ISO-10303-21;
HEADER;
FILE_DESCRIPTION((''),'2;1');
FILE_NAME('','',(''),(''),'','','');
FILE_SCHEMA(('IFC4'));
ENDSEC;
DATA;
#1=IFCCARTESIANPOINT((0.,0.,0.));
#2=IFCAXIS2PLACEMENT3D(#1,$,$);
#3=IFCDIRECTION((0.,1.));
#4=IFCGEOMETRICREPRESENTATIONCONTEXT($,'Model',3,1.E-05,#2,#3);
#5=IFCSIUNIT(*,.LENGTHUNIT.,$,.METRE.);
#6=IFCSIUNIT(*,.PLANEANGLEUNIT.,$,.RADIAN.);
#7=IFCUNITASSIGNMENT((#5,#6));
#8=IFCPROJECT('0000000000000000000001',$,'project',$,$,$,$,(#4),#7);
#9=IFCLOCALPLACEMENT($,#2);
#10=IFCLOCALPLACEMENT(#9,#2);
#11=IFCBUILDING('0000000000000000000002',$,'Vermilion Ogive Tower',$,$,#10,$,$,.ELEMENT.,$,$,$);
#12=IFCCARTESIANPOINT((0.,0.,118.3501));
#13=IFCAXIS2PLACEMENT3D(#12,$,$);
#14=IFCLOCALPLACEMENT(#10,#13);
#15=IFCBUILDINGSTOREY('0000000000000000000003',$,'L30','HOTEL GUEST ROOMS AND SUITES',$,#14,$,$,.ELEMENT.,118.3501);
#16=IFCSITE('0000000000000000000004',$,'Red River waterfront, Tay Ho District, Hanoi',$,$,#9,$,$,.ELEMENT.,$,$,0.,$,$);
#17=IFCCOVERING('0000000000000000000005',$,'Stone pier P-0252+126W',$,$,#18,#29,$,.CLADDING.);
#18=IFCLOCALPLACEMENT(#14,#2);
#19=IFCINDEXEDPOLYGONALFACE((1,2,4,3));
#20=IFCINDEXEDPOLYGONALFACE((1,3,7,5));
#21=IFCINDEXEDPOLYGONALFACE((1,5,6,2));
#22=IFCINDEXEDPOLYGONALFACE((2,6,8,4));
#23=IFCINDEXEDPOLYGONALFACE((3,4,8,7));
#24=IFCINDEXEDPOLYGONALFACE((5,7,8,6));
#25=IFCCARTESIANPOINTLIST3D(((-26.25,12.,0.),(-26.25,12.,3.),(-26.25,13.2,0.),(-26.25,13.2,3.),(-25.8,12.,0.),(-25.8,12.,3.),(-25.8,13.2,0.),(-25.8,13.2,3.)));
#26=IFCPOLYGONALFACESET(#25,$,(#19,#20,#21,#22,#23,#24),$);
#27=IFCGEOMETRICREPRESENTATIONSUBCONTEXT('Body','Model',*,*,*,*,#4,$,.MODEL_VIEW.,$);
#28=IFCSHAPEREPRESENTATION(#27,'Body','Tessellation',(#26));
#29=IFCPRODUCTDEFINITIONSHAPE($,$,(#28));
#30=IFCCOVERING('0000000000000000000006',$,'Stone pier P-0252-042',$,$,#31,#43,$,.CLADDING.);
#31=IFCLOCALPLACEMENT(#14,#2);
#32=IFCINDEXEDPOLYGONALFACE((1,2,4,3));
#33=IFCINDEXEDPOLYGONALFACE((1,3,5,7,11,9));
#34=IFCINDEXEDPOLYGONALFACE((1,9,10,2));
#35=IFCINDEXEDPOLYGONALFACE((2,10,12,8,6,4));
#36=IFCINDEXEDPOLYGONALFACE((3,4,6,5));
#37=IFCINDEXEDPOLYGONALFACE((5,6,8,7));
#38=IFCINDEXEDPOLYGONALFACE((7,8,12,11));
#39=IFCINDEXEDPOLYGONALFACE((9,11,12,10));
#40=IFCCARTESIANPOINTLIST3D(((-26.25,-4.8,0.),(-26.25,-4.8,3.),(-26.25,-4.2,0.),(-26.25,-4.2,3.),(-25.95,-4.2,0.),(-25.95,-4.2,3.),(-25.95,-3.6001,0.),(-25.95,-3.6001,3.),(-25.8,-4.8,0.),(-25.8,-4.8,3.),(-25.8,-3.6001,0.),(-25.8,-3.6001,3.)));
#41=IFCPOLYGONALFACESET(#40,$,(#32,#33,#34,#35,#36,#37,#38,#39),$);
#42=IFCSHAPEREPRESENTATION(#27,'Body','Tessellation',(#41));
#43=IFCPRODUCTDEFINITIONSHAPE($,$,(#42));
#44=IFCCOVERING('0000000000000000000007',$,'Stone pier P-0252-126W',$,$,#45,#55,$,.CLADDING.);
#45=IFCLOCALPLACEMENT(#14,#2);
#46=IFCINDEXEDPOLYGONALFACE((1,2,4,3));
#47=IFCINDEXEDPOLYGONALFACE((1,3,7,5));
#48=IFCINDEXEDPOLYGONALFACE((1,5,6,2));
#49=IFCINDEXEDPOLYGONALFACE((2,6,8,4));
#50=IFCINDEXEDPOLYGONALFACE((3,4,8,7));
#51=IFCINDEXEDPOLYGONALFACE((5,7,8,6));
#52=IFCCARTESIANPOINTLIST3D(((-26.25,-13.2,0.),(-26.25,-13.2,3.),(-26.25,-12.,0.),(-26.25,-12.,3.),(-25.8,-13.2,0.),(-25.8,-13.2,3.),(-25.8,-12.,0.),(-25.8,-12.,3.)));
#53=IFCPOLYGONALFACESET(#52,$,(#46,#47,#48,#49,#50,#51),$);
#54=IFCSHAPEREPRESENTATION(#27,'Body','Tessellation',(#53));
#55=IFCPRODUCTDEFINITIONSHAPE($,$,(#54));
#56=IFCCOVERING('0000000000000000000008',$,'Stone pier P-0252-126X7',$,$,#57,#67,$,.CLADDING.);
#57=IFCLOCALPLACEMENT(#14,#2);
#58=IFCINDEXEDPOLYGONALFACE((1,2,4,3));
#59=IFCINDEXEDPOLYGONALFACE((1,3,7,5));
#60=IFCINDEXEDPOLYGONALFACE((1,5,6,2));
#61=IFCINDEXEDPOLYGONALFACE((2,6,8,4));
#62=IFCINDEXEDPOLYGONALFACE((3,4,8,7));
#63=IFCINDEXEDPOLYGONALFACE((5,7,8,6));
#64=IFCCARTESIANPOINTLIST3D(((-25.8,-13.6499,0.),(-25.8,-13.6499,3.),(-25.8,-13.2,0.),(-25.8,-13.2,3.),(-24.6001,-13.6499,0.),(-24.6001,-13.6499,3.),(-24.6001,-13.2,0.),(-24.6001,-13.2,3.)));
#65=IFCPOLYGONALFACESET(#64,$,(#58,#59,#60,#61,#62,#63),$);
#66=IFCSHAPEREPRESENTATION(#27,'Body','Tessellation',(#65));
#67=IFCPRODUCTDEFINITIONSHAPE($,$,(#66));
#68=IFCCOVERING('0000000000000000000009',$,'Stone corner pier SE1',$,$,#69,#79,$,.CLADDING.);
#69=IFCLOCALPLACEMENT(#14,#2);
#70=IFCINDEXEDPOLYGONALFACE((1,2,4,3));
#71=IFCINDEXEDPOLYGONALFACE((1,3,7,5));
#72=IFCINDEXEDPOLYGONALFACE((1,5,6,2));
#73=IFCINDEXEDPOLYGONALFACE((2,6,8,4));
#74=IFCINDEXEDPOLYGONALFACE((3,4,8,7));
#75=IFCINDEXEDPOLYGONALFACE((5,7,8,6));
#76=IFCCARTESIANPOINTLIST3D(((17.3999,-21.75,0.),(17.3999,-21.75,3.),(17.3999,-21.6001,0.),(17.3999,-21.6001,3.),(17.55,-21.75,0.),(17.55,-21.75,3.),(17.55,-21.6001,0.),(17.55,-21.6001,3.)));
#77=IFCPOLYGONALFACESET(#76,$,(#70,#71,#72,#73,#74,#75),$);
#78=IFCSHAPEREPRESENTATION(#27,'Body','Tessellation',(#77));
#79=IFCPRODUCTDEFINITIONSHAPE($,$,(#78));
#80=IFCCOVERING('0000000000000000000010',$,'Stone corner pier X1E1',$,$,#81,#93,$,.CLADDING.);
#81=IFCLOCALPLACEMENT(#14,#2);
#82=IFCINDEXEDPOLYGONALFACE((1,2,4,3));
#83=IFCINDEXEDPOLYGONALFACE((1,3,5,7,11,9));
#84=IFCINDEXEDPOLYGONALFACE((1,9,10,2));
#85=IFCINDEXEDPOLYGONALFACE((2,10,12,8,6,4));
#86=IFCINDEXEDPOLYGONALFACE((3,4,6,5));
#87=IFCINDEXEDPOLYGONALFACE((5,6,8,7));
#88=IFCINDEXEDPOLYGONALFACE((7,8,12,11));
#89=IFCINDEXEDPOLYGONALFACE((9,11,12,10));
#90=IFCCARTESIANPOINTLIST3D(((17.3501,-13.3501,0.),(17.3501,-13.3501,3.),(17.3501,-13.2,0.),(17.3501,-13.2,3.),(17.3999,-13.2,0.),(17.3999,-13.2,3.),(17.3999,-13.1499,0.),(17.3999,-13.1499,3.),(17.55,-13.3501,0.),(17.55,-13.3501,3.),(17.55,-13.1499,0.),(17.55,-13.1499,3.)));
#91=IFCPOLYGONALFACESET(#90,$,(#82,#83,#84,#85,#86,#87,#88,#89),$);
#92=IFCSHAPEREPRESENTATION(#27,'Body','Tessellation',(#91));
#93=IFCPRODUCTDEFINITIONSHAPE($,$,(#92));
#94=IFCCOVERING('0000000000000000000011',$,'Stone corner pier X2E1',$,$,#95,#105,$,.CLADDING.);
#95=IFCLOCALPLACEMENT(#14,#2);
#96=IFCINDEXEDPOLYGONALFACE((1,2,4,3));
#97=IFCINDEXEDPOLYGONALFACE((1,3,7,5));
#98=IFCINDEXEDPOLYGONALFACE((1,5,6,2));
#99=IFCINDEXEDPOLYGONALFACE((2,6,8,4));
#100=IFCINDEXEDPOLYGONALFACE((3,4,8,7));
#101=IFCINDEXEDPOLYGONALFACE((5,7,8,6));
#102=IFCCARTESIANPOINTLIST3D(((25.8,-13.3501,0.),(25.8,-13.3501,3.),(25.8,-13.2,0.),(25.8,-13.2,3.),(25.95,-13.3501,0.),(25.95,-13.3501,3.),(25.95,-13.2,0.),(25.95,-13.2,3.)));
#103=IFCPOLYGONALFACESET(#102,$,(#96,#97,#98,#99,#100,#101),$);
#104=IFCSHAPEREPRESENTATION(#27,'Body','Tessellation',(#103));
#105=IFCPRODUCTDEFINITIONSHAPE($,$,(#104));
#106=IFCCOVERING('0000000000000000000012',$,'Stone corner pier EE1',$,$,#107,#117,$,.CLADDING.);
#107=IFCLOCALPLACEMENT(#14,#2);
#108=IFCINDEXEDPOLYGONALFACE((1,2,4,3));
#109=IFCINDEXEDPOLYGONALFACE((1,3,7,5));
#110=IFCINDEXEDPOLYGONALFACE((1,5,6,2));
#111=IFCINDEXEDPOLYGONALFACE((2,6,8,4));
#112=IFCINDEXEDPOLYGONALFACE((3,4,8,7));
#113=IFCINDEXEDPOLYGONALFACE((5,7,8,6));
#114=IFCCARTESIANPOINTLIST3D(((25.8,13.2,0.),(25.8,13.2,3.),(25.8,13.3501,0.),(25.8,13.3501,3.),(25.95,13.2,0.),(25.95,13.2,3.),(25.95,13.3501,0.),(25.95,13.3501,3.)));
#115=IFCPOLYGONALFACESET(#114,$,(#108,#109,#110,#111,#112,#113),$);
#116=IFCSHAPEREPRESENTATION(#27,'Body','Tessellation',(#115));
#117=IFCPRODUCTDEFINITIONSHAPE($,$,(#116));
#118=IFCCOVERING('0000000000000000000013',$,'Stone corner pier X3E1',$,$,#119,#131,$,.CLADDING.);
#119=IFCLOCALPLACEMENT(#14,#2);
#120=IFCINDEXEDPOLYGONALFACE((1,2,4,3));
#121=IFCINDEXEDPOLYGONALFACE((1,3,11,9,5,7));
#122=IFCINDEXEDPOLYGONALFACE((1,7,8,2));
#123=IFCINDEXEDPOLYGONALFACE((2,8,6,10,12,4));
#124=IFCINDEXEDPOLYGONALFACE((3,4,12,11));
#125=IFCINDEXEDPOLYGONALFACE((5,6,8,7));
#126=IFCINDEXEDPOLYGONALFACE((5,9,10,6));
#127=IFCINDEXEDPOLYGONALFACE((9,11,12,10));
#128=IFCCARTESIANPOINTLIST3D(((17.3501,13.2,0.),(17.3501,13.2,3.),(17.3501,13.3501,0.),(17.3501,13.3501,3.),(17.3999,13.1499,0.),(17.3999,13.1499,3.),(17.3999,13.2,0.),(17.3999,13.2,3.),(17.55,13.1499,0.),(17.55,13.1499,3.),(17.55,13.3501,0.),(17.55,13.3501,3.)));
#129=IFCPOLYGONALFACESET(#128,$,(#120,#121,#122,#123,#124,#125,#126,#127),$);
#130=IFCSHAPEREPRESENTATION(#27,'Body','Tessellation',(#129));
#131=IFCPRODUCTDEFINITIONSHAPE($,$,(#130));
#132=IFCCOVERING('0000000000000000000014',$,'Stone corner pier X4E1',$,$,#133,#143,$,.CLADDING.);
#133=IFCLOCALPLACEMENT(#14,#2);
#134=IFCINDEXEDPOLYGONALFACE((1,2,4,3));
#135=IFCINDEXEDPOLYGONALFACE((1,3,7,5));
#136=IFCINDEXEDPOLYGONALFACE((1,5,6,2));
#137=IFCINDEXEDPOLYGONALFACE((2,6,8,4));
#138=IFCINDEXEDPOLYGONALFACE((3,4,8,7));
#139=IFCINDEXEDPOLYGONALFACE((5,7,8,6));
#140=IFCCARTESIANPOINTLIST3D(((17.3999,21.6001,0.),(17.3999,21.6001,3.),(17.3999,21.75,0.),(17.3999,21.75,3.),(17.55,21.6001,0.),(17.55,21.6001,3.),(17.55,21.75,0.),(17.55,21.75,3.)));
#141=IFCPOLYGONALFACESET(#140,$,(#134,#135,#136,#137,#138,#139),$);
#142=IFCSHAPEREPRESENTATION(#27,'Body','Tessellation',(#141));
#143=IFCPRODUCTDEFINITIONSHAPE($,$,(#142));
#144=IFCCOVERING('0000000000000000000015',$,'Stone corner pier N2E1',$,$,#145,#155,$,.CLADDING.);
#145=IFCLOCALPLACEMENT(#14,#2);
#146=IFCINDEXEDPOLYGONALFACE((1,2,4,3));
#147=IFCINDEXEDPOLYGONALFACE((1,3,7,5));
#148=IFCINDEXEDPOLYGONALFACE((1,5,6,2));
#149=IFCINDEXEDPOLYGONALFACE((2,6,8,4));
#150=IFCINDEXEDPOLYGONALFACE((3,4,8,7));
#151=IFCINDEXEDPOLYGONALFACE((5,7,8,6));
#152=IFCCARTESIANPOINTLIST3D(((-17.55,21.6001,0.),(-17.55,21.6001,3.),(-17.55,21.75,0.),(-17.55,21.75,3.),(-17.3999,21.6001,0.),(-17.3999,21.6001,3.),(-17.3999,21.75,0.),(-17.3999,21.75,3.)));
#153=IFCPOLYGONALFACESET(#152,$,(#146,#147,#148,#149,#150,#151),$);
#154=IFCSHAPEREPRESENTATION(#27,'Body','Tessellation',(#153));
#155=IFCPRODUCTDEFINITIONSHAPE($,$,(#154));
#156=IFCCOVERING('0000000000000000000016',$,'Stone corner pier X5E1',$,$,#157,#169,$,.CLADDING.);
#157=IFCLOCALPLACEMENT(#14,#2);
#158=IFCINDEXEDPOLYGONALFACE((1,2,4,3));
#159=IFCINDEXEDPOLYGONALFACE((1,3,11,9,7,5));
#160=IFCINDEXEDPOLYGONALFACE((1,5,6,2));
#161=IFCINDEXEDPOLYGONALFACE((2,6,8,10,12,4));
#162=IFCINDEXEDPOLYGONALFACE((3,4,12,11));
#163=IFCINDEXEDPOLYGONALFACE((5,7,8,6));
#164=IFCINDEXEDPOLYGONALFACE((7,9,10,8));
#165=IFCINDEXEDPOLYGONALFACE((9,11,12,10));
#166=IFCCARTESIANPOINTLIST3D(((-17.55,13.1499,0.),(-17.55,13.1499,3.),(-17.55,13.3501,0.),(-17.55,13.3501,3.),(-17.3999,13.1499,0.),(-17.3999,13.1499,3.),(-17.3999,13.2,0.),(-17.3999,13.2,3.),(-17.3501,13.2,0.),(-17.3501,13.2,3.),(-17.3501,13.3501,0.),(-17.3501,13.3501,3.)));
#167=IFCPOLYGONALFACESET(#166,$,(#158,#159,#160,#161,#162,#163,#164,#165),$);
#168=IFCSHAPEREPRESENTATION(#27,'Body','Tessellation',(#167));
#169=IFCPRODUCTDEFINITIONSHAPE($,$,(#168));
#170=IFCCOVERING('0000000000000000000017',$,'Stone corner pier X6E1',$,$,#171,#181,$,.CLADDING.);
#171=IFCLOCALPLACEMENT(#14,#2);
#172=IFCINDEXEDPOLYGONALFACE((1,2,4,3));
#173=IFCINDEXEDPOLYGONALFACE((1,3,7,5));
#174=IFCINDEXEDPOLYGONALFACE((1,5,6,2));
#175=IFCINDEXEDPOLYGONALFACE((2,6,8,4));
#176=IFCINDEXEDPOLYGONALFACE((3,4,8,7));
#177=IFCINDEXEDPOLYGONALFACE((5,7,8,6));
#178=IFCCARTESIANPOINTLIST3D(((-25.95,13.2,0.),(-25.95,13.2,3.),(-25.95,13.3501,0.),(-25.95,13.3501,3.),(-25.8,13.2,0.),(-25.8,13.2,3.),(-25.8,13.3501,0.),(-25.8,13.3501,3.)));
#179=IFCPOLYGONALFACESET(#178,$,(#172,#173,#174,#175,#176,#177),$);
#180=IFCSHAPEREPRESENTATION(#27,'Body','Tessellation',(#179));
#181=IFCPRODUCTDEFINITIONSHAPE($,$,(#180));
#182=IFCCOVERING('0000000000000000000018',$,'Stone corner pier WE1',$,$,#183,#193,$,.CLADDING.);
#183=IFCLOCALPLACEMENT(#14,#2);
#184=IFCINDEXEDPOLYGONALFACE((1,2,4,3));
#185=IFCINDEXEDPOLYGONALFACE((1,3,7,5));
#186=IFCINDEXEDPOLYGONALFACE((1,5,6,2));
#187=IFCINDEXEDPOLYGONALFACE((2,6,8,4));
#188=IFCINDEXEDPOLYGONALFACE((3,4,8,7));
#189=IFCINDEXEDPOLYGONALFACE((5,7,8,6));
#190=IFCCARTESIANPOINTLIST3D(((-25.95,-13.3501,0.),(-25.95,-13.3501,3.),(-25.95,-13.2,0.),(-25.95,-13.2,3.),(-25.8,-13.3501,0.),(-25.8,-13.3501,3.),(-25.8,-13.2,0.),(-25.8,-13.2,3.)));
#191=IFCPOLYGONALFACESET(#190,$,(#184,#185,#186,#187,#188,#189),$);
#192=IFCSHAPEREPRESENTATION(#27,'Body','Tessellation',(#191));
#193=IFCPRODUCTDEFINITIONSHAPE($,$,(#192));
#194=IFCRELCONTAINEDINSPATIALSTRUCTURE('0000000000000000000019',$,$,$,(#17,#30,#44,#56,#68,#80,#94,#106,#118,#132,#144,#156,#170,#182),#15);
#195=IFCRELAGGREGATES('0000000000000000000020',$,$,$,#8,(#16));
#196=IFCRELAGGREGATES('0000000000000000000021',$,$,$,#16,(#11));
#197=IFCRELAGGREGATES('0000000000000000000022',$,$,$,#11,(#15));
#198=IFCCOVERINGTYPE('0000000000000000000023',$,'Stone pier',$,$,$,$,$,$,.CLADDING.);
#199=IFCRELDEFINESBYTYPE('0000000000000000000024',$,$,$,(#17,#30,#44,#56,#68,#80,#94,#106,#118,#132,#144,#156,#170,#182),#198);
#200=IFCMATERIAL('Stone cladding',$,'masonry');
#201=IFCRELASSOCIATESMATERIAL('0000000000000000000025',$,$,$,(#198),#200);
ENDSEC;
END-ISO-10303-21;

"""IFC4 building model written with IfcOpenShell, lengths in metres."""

from ifc_helpers import new_model, si_unit, direction, frame, origin, place, context, subcontext, project, spatial, polyline, outline, extrude, material, type_object, element, save


model = new_model("IFC4")

# Units and contexts
model_context = context("Model", 3, precision=1e-05, world=origin(), true_north=direction((0.0, 1.0)))
body_context = subcontext(model_context, "Body", "Model", "MODEL_VIEW")
ifc_project = project(units=[si_unit("LENGTHUNIT", "METRE"), si_unit("PLANEANGLEUNIT", "RADIAN")], contexts=[model_context])

# Site, building, storey
site_placement = place(None, origin())
site = spatial("IfcSite", under=ifc_project, at=site_placement, Name="Red River waterfront, Tay Ho District, Hanoi", CompositionType="ELEMENT", RefElevation=0.0)
building_placement = place(site_placement, origin())
building = spatial("IfcBuilding", under=site, at=building_placement, Name="Vermilion Ogive Tower", CompositionType="ELEMENT")
storey_placement = place(building_placement, frame((0.0, 0.0, 118.3501)))
storey = spatial("IfcBuildingStorey", under=building, at=storey_placement, Name="L30", Description="HOTEL GUEST ROOMS AND SUITES", CompositionType="ELEMENT", Elevation=118.3501)

# Coverings
ifc_material_1 = material(Name="Stone cladding", Category="masonry")
covering_type_1 = type_object("IfcCoveringType", Name="Stone pier", PredefinedType="CLADDING", material=ifc_material_1)
covering_1_placement = place(storey_placement, origin())
element("IfcCovering", 1, at=covering_1_placement, inside=storey, type_object=covering_type_1, Name="Stone pier P-0252+126W", PredefinedType="CLADDING", context=body_context, shape_type="SweptSolid", body=[
    extrude(outline(polyline([(-26.25, 13.2), (-25.8, 13.2), (-25.8, 12.0), (-26.25, 12.0), (-26.25, 13.2)])), origin(), (0.0, 0.0, 1.0), 3.0),
])
covering_2_placement = place(storey_placement, origin())
element("IfcCovering", 2, at=covering_2_placement, inside=storey, type_object=covering_type_1, Name="Stone pier P-0252-042", PredefinedType="CLADDING", context=body_context, shape_type="SweptSolid", body=[
    extrude(outline(polyline([(-25.8, -4.8), (-25.8, -4.8), (-26.25, -4.8), (-26.25, -4.2), (-25.95, -4.2), (-25.95, -3.6001), (-26.25, -3.6001), (-26.25, -3.6001), (-25.8, -3.6001), (-25.8, -3.6001), (-25.8, -4.8)])), origin(), (0.0, 0.0, 1.0), 3.0),
])
covering_3_placement = place(storey_placement, origin())
element("IfcCovering", 3, at=covering_3_placement, inside=storey, type_object=covering_type_1, Name="Stone pier P-0252-126W", PredefinedType="CLADDING", context=body_context, shape_type="SweptSolid", body=[
    extrude(outline(polyline([(-25.8, -13.2), (-25.8, -13.2), (-26.25, -13.2), (-26.25, -12.0), (-25.8, -12.0), (-25.8, -12.0), (-25.8, -13.2)])), origin(), (0.0, 0.0, 1.0), 3.0),
])
covering_4_placement = place(storey_placement, origin())
element("IfcCovering", 4, at=covering_4_placement, inside=storey, type_object=covering_type_1, Name="Stone pier P-0252-126X7", PredefinedType="CLADDING", context=body_context, shape_type="SweptSolid", body=[
    extrude(outline(polyline([(-25.8, -13.6499), (-25.8, -13.2), (-25.8, -13.2), (-24.6001, -13.2), (-24.6001, -13.6499), (-25.8, -13.6499)])), origin(), (0.0, 0.0, 1.0), 3.0),
])
covering_5_placement = place(storey_placement, origin())
element("IfcCovering", 5, at=covering_5_placement, inside=storey, type_object=covering_type_1, Name="Stone corner pier SE1", PredefinedType="CLADDING", context=body_context, shape_type="SweptSolid", body=[
    extrude(outline(polyline([(17.3999, -21.75), (17.3999, -21.6001), (17.3999, -21.6001), (17.55, -21.6001), (17.55, -21.75), (17.3999, -21.75)])), origin(), (0.0, 0.0, 1.0), 3.0),
])
covering_6_placement = place(storey_placement, origin())
element("IfcCovering", 6, at=covering_6_placement, inside=storey, type_object=covering_type_1, Name="Stone corner pier X1E1", PredefinedType="CLADDING", context=body_context, shape_type="SweptSolid", body=[
    extrude(outline(polyline([(17.3501, -13.2), (17.3999, -13.2), (17.3999, -13.1499), (17.55, -13.1499), (17.55, -13.3501), (17.3501, -13.3501), (17.3501, -13.2)])), origin(), (0.0, 0.0, 1.0), 3.0),
])
covering_7_placement = place(storey_placement, origin())
element("IfcCovering", 7, at=covering_7_placement, inside=storey, type_object=covering_type_1, Name="Stone corner pier X2E1", PredefinedType="CLADDING", context=body_context, shape_type="SweptSolid", body=[
    extrude(outline(polyline([(25.8, -13.3501), (25.8, -13.2), (25.95, -13.2), (25.95, -13.3501), (25.8, -13.3501)])), origin(), (0.0, 0.0, 1.0), 3.0),
])
covering_8_placement = place(storey_placement, origin())
element("IfcCovering", 8, at=covering_8_placement, inside=storey, type_object=covering_type_1, Name="Stone corner pier EE1", PredefinedType="CLADDING", context=body_context, shape_type="SweptSolid", body=[
    extrude(outline(polyline([(25.95, 13.2), (25.8, 13.2), (25.8, 13.3501), (25.95, 13.3501), (25.95, 13.2)])), origin(), (0.0, 0.0, 1.0), 3.0),
])
covering_9_placement = place(storey_placement, origin())
element("IfcCovering", 9, at=covering_9_placement, inside=storey, type_object=covering_type_1, Name="Stone corner pier X3E1", PredefinedType="CLADDING", context=body_context, shape_type="SweptSolid", body=[
    extrude(outline(polyline([(17.3999, 13.1499), (17.3999, 13.2), (17.3501, 13.2), (17.3501, 13.3501), (17.55, 13.3501), (17.55, 13.1499), (17.3999, 13.1499)])), origin(), (0.0, 0.0, 1.0), 3.0),
])
covering_10_placement = place(storey_placement, origin())
element("IfcCovering", 10, at=covering_10_placement, inside=storey, type_object=covering_type_1, Name="Stone corner pier X4E1", PredefinedType="CLADDING", context=body_context, shape_type="SweptSolid", body=[
    extrude(outline(polyline([(17.55, 21.6001), (17.3999, 21.6001), (17.3999, 21.6001), (17.3999, 21.75), (17.55, 21.75), (17.55, 21.6001)])), origin(), (0.0, 0.0, 1.0), 3.0),
])
covering_11_placement = place(storey_placement, origin())
element("IfcCovering", 11, at=covering_11_placement, inside=storey, type_object=covering_type_1, Name="Stone corner pier N2E1", PredefinedType="CLADDING", context=body_context, shape_type="SweptSolid", body=[
    extrude(outline(polyline([(-17.3999, 21.75), (-17.3999, 21.6001), (-17.3999, 21.6001), (-17.55, 21.6001), (-17.55, 21.75), (-17.3999, 21.75)])), origin(), (0.0, 0.0, 1.0), 3.0),
])
covering_12_placement = place(storey_placement, origin())
element("IfcCovering", 12, at=covering_12_placement, inside=storey, type_object=covering_type_1, Name="Stone corner pier X5E1", PredefinedType="CLADDING", context=body_context, shape_type="SweptSolid", body=[
    extrude(outline(polyline([(-17.3501, 13.2), (-17.3999, 13.2), (-17.3999, 13.1499), (-17.55, 13.1499), (-17.55, 13.3501), (-17.3501, 13.3501), (-17.3501, 13.2)])), origin(), (0.0, 0.0, 1.0), 3.0),
])
covering_13_placement = place(storey_placement, origin())
element("IfcCovering", 13, at=covering_13_placement, inside=storey, type_object=covering_type_1, Name="Stone corner pier X6E1", PredefinedType="CLADDING", context=body_context, shape_type="SweptSolid", body=[
    extrude(outline(polyline([(-25.8, 13.3501), (-25.8, 13.2), (-25.95, 13.2), (-25.95, 13.3501), (-25.8, 13.3501)])), origin(), (0.0, 0.0, 1.0), 3.0),
])
covering_14_placement = place(storey_placement, origin())
element("IfcCovering", 14, at=covering_14_placement, inside=storey, type_object=covering_type_1, Name="Stone corner pier WE1", PredefinedType="CLADDING", context=body_context, shape_type="SweptSolid", body=[
    extrude(outline(polyline([(-25.95, -13.2), (-25.8, -13.2), (-25.8, -13.3501), (-25.95, -13.3501), (-25.95, -13.2)])), origin(), (0.0, 0.0, 1.0), 3.0),
])

save(model, "model.ifc")
